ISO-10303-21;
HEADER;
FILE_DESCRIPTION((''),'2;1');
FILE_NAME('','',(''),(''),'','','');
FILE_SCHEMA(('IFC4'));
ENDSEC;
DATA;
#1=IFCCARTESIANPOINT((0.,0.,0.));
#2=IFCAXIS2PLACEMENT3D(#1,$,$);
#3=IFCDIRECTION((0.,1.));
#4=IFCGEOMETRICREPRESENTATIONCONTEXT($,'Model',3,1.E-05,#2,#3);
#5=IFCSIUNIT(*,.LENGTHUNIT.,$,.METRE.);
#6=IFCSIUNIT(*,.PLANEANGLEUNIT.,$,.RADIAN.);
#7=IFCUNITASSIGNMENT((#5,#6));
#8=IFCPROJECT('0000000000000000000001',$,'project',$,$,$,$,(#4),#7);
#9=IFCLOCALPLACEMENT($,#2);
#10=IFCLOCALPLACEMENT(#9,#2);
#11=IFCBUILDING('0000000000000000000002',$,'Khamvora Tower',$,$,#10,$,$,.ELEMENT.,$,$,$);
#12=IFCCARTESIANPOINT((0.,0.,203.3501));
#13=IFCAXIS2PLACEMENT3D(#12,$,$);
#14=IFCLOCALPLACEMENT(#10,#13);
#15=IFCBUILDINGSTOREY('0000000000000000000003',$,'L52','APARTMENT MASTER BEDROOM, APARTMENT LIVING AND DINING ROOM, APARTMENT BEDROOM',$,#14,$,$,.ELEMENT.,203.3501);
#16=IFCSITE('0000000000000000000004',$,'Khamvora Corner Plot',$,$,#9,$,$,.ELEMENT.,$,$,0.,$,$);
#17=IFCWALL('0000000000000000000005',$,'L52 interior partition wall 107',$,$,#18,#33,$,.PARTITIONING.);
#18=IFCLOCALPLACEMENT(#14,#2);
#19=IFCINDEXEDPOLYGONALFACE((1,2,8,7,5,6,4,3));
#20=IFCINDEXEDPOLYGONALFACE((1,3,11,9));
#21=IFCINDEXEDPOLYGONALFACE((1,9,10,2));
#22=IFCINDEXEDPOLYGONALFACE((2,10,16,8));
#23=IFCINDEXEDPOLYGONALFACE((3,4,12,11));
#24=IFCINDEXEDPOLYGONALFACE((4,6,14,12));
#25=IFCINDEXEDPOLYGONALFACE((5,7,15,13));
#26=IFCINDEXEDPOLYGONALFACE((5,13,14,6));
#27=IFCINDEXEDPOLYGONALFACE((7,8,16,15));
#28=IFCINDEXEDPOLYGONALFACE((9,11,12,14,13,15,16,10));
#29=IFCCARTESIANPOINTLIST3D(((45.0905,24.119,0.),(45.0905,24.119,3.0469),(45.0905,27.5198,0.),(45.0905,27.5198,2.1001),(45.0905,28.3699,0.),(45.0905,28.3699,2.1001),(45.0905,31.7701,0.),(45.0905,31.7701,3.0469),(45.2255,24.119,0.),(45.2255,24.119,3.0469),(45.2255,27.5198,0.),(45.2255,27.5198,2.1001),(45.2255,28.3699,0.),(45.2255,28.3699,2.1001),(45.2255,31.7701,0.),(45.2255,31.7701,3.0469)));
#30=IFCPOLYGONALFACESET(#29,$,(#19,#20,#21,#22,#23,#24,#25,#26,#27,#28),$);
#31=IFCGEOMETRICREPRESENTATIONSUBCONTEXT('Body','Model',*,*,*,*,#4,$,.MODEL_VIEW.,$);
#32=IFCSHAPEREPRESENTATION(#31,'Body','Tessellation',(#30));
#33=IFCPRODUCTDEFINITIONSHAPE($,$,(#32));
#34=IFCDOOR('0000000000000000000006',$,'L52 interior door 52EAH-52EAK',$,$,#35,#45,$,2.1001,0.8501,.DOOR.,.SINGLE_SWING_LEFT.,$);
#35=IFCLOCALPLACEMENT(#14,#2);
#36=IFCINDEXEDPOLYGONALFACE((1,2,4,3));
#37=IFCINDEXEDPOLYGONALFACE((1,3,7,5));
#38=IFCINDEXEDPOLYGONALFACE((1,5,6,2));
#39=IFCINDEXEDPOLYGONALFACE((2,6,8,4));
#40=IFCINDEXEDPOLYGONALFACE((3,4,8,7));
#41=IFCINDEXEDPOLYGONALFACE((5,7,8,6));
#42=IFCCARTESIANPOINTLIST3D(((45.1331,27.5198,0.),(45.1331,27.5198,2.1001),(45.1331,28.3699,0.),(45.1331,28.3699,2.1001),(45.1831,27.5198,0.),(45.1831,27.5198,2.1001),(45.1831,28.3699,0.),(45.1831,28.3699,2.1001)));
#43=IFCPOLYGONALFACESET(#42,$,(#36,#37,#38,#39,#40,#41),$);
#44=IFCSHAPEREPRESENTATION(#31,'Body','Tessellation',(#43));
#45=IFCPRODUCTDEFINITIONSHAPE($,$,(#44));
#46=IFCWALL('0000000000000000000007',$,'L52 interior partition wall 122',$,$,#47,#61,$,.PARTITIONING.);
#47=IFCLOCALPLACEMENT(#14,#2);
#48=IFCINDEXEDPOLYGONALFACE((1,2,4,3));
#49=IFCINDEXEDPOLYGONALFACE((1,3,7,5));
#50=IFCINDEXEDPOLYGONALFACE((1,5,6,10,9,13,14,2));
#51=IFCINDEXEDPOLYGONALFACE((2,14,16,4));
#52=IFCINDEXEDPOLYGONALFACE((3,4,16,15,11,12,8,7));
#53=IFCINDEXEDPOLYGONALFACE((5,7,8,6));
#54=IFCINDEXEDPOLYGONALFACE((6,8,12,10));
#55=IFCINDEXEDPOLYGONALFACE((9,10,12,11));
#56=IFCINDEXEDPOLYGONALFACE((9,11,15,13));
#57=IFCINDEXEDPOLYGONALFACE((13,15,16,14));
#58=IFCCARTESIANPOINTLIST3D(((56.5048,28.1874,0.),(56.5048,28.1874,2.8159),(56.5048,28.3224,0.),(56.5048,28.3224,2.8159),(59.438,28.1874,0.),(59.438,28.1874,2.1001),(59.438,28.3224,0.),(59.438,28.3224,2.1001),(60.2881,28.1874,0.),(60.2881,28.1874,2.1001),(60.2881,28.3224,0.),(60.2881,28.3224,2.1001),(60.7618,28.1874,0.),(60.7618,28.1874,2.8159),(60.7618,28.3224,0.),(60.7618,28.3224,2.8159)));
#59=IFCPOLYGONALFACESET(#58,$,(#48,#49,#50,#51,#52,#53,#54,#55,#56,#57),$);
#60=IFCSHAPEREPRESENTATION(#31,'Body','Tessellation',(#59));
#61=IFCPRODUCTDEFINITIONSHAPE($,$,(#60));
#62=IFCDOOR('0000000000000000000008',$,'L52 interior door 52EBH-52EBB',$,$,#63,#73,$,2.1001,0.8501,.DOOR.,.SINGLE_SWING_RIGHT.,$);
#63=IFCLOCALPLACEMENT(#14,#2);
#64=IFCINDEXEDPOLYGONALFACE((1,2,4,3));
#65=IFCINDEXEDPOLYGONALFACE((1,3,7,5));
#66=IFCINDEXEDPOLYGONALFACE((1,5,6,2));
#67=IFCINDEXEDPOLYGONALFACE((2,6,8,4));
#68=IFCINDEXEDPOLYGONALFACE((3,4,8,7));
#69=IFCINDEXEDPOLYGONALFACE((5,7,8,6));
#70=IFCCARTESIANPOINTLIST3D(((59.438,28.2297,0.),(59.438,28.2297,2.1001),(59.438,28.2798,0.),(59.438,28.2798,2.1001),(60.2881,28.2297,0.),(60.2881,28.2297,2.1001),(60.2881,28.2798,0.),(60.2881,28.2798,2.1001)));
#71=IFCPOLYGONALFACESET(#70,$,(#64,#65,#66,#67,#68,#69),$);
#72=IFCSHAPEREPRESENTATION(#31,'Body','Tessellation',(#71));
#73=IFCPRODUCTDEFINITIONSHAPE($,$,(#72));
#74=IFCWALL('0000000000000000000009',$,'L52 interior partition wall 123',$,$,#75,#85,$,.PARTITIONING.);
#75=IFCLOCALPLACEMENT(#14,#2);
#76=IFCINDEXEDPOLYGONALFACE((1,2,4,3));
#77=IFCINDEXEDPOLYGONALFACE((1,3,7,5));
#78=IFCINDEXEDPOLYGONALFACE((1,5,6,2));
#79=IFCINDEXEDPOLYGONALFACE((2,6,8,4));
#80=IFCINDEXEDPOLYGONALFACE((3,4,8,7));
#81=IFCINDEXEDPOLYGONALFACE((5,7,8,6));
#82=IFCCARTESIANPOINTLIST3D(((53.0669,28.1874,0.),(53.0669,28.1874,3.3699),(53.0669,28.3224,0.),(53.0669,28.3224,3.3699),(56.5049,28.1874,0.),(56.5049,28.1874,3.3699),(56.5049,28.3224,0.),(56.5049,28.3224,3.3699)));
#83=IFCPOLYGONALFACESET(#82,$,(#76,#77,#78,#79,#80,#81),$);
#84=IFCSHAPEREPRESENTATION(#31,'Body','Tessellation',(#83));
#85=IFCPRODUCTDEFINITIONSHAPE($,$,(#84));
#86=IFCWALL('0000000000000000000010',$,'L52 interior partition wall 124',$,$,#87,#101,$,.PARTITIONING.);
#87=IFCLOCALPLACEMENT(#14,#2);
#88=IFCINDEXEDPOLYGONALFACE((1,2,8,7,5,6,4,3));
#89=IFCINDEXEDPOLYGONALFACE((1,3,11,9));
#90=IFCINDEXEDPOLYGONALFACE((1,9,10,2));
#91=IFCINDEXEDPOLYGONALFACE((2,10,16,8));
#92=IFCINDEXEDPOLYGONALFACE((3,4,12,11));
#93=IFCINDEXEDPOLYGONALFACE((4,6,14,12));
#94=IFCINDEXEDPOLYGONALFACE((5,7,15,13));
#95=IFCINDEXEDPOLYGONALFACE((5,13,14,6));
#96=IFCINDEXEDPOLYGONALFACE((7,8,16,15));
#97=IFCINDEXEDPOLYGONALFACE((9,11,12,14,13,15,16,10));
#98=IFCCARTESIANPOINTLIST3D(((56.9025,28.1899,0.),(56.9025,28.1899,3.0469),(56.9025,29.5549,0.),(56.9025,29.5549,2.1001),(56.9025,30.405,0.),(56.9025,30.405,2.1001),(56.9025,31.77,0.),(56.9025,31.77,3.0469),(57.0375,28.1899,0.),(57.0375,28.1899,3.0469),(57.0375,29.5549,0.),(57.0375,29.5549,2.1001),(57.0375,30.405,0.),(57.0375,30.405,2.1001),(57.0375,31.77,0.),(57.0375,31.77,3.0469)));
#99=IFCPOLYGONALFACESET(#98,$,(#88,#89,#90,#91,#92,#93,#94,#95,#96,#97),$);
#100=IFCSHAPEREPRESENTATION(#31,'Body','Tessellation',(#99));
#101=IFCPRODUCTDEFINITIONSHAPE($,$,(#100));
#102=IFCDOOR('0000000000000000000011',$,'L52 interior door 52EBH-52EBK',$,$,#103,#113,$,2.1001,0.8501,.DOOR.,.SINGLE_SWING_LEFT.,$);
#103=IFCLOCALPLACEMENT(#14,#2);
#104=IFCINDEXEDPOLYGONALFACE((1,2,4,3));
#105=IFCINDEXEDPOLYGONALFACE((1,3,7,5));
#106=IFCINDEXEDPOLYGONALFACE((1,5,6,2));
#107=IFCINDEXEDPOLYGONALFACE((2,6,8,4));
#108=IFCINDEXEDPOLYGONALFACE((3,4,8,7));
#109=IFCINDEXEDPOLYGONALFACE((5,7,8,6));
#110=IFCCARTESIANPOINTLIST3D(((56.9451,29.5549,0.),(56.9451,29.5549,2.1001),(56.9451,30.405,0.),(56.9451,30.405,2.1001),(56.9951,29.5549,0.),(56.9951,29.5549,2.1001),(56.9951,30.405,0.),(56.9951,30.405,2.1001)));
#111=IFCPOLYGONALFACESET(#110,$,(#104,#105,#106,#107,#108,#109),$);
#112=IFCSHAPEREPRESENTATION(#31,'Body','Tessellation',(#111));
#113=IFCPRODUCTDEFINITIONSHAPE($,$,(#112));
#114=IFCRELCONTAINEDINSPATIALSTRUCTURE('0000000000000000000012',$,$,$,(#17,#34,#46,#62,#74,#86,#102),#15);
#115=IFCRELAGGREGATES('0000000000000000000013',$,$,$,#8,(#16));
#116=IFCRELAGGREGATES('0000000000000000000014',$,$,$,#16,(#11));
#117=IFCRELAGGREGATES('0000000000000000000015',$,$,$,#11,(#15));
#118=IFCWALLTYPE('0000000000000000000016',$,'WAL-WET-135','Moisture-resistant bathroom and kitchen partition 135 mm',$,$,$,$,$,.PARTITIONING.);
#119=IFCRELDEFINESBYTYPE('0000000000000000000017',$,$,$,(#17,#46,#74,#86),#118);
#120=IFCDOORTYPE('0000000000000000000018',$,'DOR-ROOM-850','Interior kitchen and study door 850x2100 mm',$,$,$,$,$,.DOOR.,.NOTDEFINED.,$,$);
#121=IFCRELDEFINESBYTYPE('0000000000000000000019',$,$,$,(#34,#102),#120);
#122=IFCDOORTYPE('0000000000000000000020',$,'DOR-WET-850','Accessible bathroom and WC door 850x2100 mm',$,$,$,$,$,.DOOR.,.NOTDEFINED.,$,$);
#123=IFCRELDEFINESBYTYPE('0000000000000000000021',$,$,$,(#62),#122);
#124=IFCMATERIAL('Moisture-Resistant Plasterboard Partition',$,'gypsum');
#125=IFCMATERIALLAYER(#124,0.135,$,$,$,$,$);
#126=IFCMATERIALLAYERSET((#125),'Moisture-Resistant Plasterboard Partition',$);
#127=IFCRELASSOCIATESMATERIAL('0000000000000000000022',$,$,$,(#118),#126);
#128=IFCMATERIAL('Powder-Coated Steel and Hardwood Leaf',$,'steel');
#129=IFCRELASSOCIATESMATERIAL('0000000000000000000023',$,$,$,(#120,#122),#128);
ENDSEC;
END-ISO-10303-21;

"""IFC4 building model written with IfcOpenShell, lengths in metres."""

from ifc_helpers import new_model, si_unit, direction, frame, frame_2d, origin, place, context, subcontext, project, spatial, rectangle, extrude, material, layer, layer_set, type_object, element, fill, save


model = new_model("IFC4")

# Units and contexts
model_context = context("Model", 3, precision=1e-05, world=origin(), true_north=direction((0.0, 1.0)))
body_context = subcontext(model_context, "Body", "Model", "MODEL_VIEW")
ifc_project = project(units=[si_unit("LENGTHUNIT", "METRE"), si_unit("PLANEANGLEUNIT", "RADIAN")], contexts=[model_context])

# Site, building, storey
site_placement = place(None, origin())
site = spatial("IfcSite", under=ifc_project, at=site_placement, Name="Khamvora Corner Plot", CompositionType="ELEMENT", RefElevation=0.0)
building_placement = place(site_placement, origin())
building = spatial("IfcBuilding", under=site, at=building_placement, Name="Khamvora Tower", CompositionType="ELEMENT")
storey_placement = place(building_placement, frame((0.0, 0.0, 203.3501)))
storey = spatial("IfcBuildingStorey", under=building, at=storey_placement, Name="L52", Description="APARTMENT MASTER BEDROOM, APARTMENT LIVING AND DINING ROOM, APARTMENT BEDROOM", CompositionType="ELEMENT", Elevation=203.3501)

# Shared definitions
ifc_material_1 = material(Name="Powder-Coated Steel and Hardwood Leaf", Category="steel")

# Shared definitions
ifc_material_2 = material(Name="Moisture-Resistant Plasterboard Partition", Category="gypsum")
ifc_layer_1 = layer(ifc_material_2, 0.135)
ifc_layer_set_1 = layer_set([ifc_layer_1], Name="Moisture-Resistant Plasterboard Partition")
wall_type_1 = type_object("IfcWallType", Name="WAL-WET-135", Description="Moisture-resistant bathroom and kitchen partition 135 mm", PredefinedType="PARTITIONING", material=ifc_layer_set_1)

# Walls, openings, doors
wall_1_placement = place(storey_placement, frame((45.158, 24.1189, 0.0), z_axis=(0.0, 0.0, 1.0), x_axis=(0.0, 1.0, 0.0)))
wall_1 = element("IfcWall", 1, at=wall_1_placement, inside=storey, type_object=wall_type_1, Name="L52 interior partition wall 107", PredefinedType="PARTITIONING", context=body_context, shape_type="SweptSolid", body=[
    extrude(rectangle(XDim=7.6511, YDim=0.135, at=frame_2d((3.8257, 0.0))), origin(), (0.0, 0.0, 1.0), 3.0469),
])
opening_1_placement = place(wall_1_placement, frame((3.4009, 0.0, 0.0)))
opening_1 = element("IfcOpeningElement", 2, at=opening_1_placement, cuts=wall_1, PredefinedType="OPENING", context=body_context, shape_type="SweptSolid", body=[
    extrude(rectangle(XDim=0.8501, YDim=2.1001, at=frame_2d((0.425, 1.05))), frame((0.0, 0.0774, 0.0), z_axis=(0.0, -1.0, 0.0), x_axis=(1.0, 0.0, 0.0)), (0.0, 0.0, 1.0), 0.155),
])
door_type_1 = type_object("IfcDoorType", Name="DOR-ROOM-850", Description="Interior kitchen and study door 850x2100 mm", OperationType="NOTDEFINED", PredefinedType="DOOR", material=ifc_material_1)
door_1_placement = place(opening_1_placement, origin())
door_1 = element("IfcDoor", 3, at=door_1_placement, inside=storey, type_object=door_type_1, Name="L52 interior door 52EAH-52EAK", OperationType="SINGLE_SWING_LEFT", OverallHeight=2.1001, OverallWidth=0.8501, PredefinedType="DOOR", context=body_context, shape_type="SweptSolid", body=[
    extrude(rectangle(XDim=0.8501, YDim=2.1001, at=frame_2d((0.425, 1.05))), frame((0.0, 0.0249, 0.0), z_axis=(0.0, -1.0, 0.0), x_axis=(1.0, 0.0, 0.0)), (0.0, 0.0, 1.0), 0.05),
])
fill(opening_1, door_1)
wall_2_placement = place(storey_placement, frame((56.5049, 28.2549, 0.0), z_axis=(0.0, 0.0, 1.0), x_axis=(1.0, 0.0, 0.0)))
wall_2 = element("IfcWall", 4, at=wall_2_placement, inside=storey, type_object=wall_type_1, Name="L52 interior partition wall 122", PredefinedType="PARTITIONING", context=body_context, shape_type="SweptSolid", body=[
    extrude(rectangle(XDim=4.2571, YDim=0.135, at=frame_2d((2.1284, 0.0))), origin(), (0.0, 0.0, 1.0), 2.8159),
])
opening_2_placement = place(wall_2_placement, frame((2.9331, 0.0, 0.0)))
opening_2 = element("IfcOpeningElement", 5, at=opening_2_placement, cuts=wall_2, PredefinedType="OPENING", context=body_context, shape_type="SweptSolid", body=[
    extrude(rectangle(XDim=0.8501, YDim=2.1001, at=frame_2d((0.425, 1.05))), frame((0.0, 0.0774, 0.0), z_axis=(0.0, -1.0, 0.0), x_axis=(1.0, 0.0, 0.0)), (0.0, 0.0, 1.0), 0.155),
])
door_type_2 = type_object("IfcDoorType", Name="DOR-WET-850", Description="Accessible bathroom and WC door 850x2100 mm", OperationType="NOTDEFINED", PredefinedType="DOOR", material=ifc_material_1)
door_2_placement = place(opening_2_placement, origin())
door_2 = element("IfcDoor", 6, at=door_2_placement, inside=storey, type_object=door_type_2, Name="L52 interior door 52EBH-52EBB", OperationType="SINGLE_SWING_RIGHT", OverallHeight=2.1001, OverallWidth=0.8501, PredefinedType="DOOR", context=body_context, shape_type="SweptSolid", body=[
    extrude(rectangle(XDim=0.8501, YDim=2.1001, at=frame_2d((0.425, 1.05))), frame((0.0, 0.0249, 0.0), z_axis=(0.0, -1.0, 0.0), x_axis=(1.0, 0.0, 0.0)), (0.0, 0.0, 1.0), 0.05),
])
fill(opening_2, door_2)

# Wall
wall_3_placement = place(storey_placement, frame((53.0669, 28.2549, 0.0), z_axis=(0.0, 0.0, 1.0), x_axis=(1.0, 0.0, 0.0)))
element("IfcWall", 7, at=wall_3_placement, inside=storey, type_object=wall_type_1, Name="L52 interior partition wall 123", PredefinedType="PARTITIONING", context=body_context, shape_type="SweptSolid", body=[
    extrude(rectangle(XDim=3.438, YDim=0.135, at=frame_2d((1.719, 0.0))), origin(), (0.0, 0.0, 1.0), 3.3699),
])

# Wall, opening, door
wall_4_placement = place(storey_placement, frame((56.97, 28.1899, 0.0), z_axis=(0.0, 0.0, 1.0), x_axis=(0.0, 1.0, 0.0)))
wall_4 = element("IfcWall", 8, at=wall_4_placement, inside=storey, type_object=wall_type_1, Name="L52 interior partition wall 124", PredefinedType="PARTITIONING", context=body_context, shape_type="SweptSolid", body=[
    extrude(rectangle(XDim=3.5801, YDim=0.135, at=frame_2d((1.79, 0.0))), origin(), (0.0, 0.0, 1.0), 3.0469),
])
opening_3_placement = place(wall_4_placement, frame((1.365, 0.0, 0.0)))
opening_3 = element("IfcOpeningElement", 9, at=opening_3_placement, cuts=wall_4, PredefinedType="OPENING", context=body_context, shape_type="SweptSolid", body=[
    extrude(rectangle(XDim=0.8501, YDim=2.1001, at=frame_2d((0.425, 1.05))), frame((0.0, 0.0774, 0.0), z_axis=(0.0, -1.0, 0.0), x_axis=(1.0, 0.0, 0.0)), (0.0, 0.0, 1.0), 0.155),
])
door_3_placement = place(opening_3_placement, origin())
door_3 = element("IfcDoor", 10, at=door_3_placement, inside=storey, type_object=door_type_1, Name="L52 interior door 52EBH-52EBK", OperationType="SINGLE_SWING_LEFT", OverallHeight=2.1001, OverallWidth=0.8501, PredefinedType="DOOR", context=body_context, shape_type="SweptSolid", body=[
    extrude(rectangle(XDim=0.8501, YDim=2.1001, at=frame_2d((0.425, 1.05))), frame((0.0, 0.0249, 0.0), z_axis=(0.0, -1.0, 0.0), x_axis=(1.0, 0.0, 0.0)), (0.0, 0.0, 1.0), 0.05),
])
fill(opening_3, door_3)

save(model, "model.ifc")
